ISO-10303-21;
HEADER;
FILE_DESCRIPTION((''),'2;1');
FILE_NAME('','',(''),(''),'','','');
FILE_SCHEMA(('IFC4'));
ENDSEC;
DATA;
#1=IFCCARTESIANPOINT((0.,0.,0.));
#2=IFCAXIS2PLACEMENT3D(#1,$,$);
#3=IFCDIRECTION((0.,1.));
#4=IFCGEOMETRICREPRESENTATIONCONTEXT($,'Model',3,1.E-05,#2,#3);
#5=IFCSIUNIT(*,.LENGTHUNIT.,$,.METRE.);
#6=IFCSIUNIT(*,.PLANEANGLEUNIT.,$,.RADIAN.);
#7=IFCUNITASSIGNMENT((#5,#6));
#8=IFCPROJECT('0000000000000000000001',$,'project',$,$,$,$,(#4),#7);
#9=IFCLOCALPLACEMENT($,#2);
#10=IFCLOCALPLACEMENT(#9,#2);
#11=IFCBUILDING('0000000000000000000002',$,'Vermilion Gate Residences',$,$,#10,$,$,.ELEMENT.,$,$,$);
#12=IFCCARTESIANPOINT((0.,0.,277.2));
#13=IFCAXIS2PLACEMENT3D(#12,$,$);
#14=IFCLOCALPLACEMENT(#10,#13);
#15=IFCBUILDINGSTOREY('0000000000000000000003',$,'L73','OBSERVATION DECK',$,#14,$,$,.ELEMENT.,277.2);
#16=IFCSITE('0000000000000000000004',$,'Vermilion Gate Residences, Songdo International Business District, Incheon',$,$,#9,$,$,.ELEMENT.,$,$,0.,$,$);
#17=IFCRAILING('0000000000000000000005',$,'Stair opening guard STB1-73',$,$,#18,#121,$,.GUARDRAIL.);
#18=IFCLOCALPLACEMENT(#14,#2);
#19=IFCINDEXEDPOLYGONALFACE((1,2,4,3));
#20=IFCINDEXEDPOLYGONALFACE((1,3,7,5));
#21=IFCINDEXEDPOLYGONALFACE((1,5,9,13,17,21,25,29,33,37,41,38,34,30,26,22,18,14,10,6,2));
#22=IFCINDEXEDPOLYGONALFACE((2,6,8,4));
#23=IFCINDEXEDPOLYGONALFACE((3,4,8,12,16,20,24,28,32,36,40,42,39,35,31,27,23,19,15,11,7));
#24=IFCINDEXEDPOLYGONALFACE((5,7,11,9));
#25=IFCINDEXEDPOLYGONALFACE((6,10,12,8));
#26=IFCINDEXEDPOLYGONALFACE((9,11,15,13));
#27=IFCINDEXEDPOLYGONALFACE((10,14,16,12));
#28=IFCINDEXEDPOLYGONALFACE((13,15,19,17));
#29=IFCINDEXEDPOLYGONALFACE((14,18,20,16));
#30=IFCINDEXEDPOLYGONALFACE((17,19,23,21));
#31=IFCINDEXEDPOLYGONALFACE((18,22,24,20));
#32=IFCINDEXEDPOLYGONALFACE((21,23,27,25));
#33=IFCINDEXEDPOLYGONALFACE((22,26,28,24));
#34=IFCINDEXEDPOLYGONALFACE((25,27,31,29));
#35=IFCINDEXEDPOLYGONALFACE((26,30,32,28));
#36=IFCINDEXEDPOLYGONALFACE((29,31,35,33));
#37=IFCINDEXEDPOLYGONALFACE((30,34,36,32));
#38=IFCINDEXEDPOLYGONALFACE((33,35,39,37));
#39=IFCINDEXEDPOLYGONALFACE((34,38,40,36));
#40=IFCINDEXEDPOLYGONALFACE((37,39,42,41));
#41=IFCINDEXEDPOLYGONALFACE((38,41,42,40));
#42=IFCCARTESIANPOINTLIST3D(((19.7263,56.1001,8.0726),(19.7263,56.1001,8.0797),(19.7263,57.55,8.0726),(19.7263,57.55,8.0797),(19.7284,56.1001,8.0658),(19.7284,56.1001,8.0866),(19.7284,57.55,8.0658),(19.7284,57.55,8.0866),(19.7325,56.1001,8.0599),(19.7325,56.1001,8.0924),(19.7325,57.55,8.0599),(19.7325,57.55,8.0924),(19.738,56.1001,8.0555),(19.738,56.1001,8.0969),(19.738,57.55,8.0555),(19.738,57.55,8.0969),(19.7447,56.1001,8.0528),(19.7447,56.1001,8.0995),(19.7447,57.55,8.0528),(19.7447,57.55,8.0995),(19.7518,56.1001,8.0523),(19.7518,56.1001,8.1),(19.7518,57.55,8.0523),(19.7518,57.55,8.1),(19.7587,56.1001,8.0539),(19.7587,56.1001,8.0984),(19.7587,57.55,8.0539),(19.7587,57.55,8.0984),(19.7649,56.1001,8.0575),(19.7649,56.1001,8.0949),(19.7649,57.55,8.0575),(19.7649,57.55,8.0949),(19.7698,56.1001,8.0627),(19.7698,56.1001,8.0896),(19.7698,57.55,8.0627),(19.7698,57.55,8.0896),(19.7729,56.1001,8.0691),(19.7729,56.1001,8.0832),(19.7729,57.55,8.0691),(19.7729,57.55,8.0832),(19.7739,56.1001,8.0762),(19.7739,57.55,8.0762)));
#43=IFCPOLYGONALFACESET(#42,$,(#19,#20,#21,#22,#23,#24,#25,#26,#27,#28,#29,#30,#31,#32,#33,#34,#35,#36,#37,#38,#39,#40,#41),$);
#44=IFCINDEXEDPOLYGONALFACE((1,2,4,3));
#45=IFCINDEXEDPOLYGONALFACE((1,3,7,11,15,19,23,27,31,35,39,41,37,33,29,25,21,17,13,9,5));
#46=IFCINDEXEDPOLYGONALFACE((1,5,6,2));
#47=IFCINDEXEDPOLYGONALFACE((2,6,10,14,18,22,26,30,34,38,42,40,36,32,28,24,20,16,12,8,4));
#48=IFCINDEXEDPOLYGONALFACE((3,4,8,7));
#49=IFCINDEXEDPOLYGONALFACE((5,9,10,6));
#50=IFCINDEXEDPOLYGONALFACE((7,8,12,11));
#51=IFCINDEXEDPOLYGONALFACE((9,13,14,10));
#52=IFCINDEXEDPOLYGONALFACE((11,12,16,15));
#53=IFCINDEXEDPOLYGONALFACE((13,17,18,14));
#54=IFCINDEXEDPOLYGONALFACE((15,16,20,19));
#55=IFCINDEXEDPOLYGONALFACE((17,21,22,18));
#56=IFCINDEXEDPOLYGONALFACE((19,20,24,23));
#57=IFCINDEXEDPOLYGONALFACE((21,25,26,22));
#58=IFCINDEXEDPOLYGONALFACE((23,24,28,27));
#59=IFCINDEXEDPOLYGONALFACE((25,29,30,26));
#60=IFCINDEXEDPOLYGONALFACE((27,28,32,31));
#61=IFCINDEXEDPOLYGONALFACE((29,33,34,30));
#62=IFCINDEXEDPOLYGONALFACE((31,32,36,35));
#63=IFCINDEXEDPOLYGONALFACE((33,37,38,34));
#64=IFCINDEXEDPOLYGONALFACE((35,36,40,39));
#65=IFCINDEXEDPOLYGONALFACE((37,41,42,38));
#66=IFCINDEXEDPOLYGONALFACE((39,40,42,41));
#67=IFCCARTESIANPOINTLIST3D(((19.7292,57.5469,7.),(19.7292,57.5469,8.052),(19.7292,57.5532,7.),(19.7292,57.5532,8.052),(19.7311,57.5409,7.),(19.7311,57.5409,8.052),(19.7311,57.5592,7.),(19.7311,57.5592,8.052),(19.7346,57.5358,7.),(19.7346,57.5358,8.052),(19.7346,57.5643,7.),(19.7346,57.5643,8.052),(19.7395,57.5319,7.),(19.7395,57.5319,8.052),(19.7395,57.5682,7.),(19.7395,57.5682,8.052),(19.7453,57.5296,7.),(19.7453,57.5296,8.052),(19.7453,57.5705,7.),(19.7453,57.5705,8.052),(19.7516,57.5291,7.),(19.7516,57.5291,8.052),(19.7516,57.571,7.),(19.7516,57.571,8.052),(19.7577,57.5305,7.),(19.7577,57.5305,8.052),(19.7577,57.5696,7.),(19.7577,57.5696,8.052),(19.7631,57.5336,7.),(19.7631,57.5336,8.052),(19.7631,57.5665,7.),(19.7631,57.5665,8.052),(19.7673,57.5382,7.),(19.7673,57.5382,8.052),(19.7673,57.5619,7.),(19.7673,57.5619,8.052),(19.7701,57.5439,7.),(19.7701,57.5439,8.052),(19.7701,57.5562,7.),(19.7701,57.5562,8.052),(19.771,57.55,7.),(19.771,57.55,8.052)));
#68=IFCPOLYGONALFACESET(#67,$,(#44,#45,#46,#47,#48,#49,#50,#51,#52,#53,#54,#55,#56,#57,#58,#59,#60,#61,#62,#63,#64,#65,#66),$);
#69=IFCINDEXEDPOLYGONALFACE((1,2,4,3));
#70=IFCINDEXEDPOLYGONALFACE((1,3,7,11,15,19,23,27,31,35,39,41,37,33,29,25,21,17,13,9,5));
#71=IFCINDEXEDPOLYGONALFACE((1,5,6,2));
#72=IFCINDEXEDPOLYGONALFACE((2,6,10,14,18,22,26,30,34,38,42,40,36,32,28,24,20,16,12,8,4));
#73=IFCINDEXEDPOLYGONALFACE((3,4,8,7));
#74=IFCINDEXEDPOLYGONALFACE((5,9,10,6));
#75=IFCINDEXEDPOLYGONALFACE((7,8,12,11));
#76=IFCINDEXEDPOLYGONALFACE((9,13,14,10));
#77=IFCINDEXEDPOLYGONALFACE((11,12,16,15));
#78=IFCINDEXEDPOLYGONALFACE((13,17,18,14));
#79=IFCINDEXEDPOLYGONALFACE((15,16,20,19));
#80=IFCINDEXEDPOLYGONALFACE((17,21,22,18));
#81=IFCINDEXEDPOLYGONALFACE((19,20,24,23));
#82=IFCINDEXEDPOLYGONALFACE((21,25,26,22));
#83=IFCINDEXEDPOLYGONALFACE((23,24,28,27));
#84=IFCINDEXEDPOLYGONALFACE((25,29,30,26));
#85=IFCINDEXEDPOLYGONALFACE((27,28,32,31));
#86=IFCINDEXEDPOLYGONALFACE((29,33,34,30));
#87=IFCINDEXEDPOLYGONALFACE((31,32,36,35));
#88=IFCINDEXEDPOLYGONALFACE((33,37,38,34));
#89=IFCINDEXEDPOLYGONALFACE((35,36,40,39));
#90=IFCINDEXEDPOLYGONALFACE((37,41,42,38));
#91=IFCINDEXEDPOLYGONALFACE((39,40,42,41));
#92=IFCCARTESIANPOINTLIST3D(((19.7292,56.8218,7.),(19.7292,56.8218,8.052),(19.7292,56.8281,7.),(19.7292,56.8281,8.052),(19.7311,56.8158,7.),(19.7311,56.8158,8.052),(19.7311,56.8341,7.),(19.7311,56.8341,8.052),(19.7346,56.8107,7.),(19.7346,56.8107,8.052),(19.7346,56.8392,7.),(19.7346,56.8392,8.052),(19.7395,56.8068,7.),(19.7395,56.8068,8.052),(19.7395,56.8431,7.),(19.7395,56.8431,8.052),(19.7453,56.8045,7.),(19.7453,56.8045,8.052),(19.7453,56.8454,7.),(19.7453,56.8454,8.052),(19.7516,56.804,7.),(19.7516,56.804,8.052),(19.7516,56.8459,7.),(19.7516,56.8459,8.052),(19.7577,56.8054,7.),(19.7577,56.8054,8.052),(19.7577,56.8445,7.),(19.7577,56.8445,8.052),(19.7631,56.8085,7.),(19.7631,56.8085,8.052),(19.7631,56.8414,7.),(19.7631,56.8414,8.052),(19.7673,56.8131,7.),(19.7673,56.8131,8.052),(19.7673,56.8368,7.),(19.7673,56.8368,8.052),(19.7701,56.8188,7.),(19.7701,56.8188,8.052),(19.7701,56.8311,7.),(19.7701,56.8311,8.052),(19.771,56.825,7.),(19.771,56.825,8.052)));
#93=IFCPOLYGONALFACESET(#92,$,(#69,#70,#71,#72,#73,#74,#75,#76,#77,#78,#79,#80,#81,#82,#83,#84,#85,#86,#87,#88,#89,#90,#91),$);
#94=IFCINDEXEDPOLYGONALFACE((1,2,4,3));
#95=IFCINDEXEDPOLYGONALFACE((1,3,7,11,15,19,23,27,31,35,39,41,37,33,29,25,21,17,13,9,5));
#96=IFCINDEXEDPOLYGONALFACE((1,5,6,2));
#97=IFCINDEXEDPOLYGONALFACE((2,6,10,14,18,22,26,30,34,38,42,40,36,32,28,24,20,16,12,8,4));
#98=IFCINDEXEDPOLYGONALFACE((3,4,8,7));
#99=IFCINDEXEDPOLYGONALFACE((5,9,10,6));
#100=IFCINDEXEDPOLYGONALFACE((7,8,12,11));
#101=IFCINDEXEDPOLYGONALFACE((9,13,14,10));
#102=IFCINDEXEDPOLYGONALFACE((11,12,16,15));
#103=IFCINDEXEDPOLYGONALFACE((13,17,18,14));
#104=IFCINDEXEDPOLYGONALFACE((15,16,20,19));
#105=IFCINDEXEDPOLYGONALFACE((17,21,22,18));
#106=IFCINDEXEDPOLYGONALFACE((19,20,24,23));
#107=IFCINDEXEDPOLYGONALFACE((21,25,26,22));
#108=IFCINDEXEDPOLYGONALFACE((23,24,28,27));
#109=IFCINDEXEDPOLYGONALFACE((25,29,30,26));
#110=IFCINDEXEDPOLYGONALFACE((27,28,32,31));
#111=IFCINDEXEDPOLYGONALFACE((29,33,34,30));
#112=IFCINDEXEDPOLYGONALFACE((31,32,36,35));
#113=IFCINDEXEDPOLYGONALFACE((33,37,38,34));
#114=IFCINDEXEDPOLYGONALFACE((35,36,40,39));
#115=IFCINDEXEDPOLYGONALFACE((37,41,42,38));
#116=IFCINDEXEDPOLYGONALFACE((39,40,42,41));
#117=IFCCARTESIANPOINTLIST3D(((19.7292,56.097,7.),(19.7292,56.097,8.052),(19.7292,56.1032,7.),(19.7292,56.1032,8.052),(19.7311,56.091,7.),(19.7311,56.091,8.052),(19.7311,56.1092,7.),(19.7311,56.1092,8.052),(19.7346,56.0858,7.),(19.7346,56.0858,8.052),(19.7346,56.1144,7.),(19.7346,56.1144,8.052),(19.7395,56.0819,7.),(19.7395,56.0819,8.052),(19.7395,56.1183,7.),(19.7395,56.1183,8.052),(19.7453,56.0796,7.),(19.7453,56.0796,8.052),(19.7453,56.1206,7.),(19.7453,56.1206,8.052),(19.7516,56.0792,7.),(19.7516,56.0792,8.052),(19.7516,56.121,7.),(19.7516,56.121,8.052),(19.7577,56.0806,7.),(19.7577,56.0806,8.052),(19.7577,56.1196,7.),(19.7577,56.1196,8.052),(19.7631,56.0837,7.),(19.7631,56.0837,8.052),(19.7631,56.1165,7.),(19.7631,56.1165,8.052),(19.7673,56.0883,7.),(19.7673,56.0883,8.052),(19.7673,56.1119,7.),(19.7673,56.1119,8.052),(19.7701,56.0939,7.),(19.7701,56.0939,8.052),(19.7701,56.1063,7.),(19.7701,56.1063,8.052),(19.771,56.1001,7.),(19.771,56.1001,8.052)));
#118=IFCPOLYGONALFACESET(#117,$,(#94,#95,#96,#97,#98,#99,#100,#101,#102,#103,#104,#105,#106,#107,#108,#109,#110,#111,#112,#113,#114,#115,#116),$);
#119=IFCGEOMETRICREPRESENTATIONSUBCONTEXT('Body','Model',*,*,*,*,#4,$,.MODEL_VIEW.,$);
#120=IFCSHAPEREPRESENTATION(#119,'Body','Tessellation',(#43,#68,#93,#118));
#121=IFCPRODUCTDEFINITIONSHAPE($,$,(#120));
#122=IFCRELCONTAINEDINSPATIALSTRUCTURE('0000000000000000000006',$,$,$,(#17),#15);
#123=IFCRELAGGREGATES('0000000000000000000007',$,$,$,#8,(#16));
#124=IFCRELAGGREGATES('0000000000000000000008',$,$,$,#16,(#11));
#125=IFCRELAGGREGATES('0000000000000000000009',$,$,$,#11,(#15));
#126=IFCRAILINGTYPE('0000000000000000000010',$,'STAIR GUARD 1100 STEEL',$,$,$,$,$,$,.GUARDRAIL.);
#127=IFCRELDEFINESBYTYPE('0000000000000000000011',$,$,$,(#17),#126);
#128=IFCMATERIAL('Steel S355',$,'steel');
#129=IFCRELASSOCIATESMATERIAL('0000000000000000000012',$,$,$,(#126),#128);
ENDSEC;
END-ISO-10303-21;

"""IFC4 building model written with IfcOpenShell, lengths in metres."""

from ifc_helpers import new_model, si_unit, direction, frame, origin, origin_2d, place, context, subcontext, project, spatial, circle, extrude, material, type_object, element, save


model = new_model("IFC4")

# Units and contexts
model_context = context("Model", 3, precision=1e-05, world=origin(), true_north=direction((0.0, 1.0)))
body_context = subcontext(model_context, "Body", "Model", "MODEL_VIEW")
ifc_project = project(units=[si_unit("LENGTHUNIT", "METRE"), si_unit("PLANEANGLEUNIT", "RADIAN")], contexts=[model_context])

# Site, building, storey
site_placement = place(None, origin())
site = spatial("IfcSite", under=ifc_project, at=site_placement, Name="Vermilion Gate Residences, Songdo International Business District, Incheon", CompositionType="ELEMENT", RefElevation=0.0)
building_placement = place(site_placement, origin())
building = spatial("IfcBuilding", under=site, at=building_placement, Name="Vermilion Gate Residences", CompositionType="ELEMENT")
storey_placement = place(building_placement, frame((0.0, 0.0, 277.2)))
storey = spatial("IfcBuildingStorey", under=building, at=storey_placement, Name="L73", Description="OBSERVATION DECK", CompositionType="ELEMENT", Elevation=277.2)

# Railing
ifc_material_1 = material(Name="Steel S355", Category="steel")
railing_type = type_object("IfcRailingType", Name="STAIR GUARD 1100 STEEL", PredefinedType="GUARDRAIL", material=ifc_material_1)
railing_1_placement = place(storey_placement, frame((19.75, 57.55, 7.0)))
element("IfcRailing", 1, at=railing_1_placement, inside=storey, type_object=railing_type, Name="Stair opening guard STB1-73", PredefinedType="GUARDRAIL", context=body_context, shape_type="SweptSolid", body=[
    extrude(circle(Radius=0.0239, at=origin_2d()), frame((0.0, 0.0, 1.0762), z_axis=(0.0, -1.0, 0.0), x_axis=(1.0, 0.0, 0.0)), (0.0, 0.0, 1.0), 1.45),
    extrude(circle(Radius=0.021, at=origin_2d()), origin(), (0.0, 0.0, 1.0), 1.052),
    extrude(circle(Radius=0.021, at=origin_2d()), frame((0.0, -0.7251, 0.0)), (0.0, 0.0, 1.0), 1.052),
    extrude(circle(Radius=0.021, at=origin_2d()), frame((0.0, -1.45, 0.0)), (0.0, 0.0, 1.0), 1.052),
])

save(model, "model.ifc")
